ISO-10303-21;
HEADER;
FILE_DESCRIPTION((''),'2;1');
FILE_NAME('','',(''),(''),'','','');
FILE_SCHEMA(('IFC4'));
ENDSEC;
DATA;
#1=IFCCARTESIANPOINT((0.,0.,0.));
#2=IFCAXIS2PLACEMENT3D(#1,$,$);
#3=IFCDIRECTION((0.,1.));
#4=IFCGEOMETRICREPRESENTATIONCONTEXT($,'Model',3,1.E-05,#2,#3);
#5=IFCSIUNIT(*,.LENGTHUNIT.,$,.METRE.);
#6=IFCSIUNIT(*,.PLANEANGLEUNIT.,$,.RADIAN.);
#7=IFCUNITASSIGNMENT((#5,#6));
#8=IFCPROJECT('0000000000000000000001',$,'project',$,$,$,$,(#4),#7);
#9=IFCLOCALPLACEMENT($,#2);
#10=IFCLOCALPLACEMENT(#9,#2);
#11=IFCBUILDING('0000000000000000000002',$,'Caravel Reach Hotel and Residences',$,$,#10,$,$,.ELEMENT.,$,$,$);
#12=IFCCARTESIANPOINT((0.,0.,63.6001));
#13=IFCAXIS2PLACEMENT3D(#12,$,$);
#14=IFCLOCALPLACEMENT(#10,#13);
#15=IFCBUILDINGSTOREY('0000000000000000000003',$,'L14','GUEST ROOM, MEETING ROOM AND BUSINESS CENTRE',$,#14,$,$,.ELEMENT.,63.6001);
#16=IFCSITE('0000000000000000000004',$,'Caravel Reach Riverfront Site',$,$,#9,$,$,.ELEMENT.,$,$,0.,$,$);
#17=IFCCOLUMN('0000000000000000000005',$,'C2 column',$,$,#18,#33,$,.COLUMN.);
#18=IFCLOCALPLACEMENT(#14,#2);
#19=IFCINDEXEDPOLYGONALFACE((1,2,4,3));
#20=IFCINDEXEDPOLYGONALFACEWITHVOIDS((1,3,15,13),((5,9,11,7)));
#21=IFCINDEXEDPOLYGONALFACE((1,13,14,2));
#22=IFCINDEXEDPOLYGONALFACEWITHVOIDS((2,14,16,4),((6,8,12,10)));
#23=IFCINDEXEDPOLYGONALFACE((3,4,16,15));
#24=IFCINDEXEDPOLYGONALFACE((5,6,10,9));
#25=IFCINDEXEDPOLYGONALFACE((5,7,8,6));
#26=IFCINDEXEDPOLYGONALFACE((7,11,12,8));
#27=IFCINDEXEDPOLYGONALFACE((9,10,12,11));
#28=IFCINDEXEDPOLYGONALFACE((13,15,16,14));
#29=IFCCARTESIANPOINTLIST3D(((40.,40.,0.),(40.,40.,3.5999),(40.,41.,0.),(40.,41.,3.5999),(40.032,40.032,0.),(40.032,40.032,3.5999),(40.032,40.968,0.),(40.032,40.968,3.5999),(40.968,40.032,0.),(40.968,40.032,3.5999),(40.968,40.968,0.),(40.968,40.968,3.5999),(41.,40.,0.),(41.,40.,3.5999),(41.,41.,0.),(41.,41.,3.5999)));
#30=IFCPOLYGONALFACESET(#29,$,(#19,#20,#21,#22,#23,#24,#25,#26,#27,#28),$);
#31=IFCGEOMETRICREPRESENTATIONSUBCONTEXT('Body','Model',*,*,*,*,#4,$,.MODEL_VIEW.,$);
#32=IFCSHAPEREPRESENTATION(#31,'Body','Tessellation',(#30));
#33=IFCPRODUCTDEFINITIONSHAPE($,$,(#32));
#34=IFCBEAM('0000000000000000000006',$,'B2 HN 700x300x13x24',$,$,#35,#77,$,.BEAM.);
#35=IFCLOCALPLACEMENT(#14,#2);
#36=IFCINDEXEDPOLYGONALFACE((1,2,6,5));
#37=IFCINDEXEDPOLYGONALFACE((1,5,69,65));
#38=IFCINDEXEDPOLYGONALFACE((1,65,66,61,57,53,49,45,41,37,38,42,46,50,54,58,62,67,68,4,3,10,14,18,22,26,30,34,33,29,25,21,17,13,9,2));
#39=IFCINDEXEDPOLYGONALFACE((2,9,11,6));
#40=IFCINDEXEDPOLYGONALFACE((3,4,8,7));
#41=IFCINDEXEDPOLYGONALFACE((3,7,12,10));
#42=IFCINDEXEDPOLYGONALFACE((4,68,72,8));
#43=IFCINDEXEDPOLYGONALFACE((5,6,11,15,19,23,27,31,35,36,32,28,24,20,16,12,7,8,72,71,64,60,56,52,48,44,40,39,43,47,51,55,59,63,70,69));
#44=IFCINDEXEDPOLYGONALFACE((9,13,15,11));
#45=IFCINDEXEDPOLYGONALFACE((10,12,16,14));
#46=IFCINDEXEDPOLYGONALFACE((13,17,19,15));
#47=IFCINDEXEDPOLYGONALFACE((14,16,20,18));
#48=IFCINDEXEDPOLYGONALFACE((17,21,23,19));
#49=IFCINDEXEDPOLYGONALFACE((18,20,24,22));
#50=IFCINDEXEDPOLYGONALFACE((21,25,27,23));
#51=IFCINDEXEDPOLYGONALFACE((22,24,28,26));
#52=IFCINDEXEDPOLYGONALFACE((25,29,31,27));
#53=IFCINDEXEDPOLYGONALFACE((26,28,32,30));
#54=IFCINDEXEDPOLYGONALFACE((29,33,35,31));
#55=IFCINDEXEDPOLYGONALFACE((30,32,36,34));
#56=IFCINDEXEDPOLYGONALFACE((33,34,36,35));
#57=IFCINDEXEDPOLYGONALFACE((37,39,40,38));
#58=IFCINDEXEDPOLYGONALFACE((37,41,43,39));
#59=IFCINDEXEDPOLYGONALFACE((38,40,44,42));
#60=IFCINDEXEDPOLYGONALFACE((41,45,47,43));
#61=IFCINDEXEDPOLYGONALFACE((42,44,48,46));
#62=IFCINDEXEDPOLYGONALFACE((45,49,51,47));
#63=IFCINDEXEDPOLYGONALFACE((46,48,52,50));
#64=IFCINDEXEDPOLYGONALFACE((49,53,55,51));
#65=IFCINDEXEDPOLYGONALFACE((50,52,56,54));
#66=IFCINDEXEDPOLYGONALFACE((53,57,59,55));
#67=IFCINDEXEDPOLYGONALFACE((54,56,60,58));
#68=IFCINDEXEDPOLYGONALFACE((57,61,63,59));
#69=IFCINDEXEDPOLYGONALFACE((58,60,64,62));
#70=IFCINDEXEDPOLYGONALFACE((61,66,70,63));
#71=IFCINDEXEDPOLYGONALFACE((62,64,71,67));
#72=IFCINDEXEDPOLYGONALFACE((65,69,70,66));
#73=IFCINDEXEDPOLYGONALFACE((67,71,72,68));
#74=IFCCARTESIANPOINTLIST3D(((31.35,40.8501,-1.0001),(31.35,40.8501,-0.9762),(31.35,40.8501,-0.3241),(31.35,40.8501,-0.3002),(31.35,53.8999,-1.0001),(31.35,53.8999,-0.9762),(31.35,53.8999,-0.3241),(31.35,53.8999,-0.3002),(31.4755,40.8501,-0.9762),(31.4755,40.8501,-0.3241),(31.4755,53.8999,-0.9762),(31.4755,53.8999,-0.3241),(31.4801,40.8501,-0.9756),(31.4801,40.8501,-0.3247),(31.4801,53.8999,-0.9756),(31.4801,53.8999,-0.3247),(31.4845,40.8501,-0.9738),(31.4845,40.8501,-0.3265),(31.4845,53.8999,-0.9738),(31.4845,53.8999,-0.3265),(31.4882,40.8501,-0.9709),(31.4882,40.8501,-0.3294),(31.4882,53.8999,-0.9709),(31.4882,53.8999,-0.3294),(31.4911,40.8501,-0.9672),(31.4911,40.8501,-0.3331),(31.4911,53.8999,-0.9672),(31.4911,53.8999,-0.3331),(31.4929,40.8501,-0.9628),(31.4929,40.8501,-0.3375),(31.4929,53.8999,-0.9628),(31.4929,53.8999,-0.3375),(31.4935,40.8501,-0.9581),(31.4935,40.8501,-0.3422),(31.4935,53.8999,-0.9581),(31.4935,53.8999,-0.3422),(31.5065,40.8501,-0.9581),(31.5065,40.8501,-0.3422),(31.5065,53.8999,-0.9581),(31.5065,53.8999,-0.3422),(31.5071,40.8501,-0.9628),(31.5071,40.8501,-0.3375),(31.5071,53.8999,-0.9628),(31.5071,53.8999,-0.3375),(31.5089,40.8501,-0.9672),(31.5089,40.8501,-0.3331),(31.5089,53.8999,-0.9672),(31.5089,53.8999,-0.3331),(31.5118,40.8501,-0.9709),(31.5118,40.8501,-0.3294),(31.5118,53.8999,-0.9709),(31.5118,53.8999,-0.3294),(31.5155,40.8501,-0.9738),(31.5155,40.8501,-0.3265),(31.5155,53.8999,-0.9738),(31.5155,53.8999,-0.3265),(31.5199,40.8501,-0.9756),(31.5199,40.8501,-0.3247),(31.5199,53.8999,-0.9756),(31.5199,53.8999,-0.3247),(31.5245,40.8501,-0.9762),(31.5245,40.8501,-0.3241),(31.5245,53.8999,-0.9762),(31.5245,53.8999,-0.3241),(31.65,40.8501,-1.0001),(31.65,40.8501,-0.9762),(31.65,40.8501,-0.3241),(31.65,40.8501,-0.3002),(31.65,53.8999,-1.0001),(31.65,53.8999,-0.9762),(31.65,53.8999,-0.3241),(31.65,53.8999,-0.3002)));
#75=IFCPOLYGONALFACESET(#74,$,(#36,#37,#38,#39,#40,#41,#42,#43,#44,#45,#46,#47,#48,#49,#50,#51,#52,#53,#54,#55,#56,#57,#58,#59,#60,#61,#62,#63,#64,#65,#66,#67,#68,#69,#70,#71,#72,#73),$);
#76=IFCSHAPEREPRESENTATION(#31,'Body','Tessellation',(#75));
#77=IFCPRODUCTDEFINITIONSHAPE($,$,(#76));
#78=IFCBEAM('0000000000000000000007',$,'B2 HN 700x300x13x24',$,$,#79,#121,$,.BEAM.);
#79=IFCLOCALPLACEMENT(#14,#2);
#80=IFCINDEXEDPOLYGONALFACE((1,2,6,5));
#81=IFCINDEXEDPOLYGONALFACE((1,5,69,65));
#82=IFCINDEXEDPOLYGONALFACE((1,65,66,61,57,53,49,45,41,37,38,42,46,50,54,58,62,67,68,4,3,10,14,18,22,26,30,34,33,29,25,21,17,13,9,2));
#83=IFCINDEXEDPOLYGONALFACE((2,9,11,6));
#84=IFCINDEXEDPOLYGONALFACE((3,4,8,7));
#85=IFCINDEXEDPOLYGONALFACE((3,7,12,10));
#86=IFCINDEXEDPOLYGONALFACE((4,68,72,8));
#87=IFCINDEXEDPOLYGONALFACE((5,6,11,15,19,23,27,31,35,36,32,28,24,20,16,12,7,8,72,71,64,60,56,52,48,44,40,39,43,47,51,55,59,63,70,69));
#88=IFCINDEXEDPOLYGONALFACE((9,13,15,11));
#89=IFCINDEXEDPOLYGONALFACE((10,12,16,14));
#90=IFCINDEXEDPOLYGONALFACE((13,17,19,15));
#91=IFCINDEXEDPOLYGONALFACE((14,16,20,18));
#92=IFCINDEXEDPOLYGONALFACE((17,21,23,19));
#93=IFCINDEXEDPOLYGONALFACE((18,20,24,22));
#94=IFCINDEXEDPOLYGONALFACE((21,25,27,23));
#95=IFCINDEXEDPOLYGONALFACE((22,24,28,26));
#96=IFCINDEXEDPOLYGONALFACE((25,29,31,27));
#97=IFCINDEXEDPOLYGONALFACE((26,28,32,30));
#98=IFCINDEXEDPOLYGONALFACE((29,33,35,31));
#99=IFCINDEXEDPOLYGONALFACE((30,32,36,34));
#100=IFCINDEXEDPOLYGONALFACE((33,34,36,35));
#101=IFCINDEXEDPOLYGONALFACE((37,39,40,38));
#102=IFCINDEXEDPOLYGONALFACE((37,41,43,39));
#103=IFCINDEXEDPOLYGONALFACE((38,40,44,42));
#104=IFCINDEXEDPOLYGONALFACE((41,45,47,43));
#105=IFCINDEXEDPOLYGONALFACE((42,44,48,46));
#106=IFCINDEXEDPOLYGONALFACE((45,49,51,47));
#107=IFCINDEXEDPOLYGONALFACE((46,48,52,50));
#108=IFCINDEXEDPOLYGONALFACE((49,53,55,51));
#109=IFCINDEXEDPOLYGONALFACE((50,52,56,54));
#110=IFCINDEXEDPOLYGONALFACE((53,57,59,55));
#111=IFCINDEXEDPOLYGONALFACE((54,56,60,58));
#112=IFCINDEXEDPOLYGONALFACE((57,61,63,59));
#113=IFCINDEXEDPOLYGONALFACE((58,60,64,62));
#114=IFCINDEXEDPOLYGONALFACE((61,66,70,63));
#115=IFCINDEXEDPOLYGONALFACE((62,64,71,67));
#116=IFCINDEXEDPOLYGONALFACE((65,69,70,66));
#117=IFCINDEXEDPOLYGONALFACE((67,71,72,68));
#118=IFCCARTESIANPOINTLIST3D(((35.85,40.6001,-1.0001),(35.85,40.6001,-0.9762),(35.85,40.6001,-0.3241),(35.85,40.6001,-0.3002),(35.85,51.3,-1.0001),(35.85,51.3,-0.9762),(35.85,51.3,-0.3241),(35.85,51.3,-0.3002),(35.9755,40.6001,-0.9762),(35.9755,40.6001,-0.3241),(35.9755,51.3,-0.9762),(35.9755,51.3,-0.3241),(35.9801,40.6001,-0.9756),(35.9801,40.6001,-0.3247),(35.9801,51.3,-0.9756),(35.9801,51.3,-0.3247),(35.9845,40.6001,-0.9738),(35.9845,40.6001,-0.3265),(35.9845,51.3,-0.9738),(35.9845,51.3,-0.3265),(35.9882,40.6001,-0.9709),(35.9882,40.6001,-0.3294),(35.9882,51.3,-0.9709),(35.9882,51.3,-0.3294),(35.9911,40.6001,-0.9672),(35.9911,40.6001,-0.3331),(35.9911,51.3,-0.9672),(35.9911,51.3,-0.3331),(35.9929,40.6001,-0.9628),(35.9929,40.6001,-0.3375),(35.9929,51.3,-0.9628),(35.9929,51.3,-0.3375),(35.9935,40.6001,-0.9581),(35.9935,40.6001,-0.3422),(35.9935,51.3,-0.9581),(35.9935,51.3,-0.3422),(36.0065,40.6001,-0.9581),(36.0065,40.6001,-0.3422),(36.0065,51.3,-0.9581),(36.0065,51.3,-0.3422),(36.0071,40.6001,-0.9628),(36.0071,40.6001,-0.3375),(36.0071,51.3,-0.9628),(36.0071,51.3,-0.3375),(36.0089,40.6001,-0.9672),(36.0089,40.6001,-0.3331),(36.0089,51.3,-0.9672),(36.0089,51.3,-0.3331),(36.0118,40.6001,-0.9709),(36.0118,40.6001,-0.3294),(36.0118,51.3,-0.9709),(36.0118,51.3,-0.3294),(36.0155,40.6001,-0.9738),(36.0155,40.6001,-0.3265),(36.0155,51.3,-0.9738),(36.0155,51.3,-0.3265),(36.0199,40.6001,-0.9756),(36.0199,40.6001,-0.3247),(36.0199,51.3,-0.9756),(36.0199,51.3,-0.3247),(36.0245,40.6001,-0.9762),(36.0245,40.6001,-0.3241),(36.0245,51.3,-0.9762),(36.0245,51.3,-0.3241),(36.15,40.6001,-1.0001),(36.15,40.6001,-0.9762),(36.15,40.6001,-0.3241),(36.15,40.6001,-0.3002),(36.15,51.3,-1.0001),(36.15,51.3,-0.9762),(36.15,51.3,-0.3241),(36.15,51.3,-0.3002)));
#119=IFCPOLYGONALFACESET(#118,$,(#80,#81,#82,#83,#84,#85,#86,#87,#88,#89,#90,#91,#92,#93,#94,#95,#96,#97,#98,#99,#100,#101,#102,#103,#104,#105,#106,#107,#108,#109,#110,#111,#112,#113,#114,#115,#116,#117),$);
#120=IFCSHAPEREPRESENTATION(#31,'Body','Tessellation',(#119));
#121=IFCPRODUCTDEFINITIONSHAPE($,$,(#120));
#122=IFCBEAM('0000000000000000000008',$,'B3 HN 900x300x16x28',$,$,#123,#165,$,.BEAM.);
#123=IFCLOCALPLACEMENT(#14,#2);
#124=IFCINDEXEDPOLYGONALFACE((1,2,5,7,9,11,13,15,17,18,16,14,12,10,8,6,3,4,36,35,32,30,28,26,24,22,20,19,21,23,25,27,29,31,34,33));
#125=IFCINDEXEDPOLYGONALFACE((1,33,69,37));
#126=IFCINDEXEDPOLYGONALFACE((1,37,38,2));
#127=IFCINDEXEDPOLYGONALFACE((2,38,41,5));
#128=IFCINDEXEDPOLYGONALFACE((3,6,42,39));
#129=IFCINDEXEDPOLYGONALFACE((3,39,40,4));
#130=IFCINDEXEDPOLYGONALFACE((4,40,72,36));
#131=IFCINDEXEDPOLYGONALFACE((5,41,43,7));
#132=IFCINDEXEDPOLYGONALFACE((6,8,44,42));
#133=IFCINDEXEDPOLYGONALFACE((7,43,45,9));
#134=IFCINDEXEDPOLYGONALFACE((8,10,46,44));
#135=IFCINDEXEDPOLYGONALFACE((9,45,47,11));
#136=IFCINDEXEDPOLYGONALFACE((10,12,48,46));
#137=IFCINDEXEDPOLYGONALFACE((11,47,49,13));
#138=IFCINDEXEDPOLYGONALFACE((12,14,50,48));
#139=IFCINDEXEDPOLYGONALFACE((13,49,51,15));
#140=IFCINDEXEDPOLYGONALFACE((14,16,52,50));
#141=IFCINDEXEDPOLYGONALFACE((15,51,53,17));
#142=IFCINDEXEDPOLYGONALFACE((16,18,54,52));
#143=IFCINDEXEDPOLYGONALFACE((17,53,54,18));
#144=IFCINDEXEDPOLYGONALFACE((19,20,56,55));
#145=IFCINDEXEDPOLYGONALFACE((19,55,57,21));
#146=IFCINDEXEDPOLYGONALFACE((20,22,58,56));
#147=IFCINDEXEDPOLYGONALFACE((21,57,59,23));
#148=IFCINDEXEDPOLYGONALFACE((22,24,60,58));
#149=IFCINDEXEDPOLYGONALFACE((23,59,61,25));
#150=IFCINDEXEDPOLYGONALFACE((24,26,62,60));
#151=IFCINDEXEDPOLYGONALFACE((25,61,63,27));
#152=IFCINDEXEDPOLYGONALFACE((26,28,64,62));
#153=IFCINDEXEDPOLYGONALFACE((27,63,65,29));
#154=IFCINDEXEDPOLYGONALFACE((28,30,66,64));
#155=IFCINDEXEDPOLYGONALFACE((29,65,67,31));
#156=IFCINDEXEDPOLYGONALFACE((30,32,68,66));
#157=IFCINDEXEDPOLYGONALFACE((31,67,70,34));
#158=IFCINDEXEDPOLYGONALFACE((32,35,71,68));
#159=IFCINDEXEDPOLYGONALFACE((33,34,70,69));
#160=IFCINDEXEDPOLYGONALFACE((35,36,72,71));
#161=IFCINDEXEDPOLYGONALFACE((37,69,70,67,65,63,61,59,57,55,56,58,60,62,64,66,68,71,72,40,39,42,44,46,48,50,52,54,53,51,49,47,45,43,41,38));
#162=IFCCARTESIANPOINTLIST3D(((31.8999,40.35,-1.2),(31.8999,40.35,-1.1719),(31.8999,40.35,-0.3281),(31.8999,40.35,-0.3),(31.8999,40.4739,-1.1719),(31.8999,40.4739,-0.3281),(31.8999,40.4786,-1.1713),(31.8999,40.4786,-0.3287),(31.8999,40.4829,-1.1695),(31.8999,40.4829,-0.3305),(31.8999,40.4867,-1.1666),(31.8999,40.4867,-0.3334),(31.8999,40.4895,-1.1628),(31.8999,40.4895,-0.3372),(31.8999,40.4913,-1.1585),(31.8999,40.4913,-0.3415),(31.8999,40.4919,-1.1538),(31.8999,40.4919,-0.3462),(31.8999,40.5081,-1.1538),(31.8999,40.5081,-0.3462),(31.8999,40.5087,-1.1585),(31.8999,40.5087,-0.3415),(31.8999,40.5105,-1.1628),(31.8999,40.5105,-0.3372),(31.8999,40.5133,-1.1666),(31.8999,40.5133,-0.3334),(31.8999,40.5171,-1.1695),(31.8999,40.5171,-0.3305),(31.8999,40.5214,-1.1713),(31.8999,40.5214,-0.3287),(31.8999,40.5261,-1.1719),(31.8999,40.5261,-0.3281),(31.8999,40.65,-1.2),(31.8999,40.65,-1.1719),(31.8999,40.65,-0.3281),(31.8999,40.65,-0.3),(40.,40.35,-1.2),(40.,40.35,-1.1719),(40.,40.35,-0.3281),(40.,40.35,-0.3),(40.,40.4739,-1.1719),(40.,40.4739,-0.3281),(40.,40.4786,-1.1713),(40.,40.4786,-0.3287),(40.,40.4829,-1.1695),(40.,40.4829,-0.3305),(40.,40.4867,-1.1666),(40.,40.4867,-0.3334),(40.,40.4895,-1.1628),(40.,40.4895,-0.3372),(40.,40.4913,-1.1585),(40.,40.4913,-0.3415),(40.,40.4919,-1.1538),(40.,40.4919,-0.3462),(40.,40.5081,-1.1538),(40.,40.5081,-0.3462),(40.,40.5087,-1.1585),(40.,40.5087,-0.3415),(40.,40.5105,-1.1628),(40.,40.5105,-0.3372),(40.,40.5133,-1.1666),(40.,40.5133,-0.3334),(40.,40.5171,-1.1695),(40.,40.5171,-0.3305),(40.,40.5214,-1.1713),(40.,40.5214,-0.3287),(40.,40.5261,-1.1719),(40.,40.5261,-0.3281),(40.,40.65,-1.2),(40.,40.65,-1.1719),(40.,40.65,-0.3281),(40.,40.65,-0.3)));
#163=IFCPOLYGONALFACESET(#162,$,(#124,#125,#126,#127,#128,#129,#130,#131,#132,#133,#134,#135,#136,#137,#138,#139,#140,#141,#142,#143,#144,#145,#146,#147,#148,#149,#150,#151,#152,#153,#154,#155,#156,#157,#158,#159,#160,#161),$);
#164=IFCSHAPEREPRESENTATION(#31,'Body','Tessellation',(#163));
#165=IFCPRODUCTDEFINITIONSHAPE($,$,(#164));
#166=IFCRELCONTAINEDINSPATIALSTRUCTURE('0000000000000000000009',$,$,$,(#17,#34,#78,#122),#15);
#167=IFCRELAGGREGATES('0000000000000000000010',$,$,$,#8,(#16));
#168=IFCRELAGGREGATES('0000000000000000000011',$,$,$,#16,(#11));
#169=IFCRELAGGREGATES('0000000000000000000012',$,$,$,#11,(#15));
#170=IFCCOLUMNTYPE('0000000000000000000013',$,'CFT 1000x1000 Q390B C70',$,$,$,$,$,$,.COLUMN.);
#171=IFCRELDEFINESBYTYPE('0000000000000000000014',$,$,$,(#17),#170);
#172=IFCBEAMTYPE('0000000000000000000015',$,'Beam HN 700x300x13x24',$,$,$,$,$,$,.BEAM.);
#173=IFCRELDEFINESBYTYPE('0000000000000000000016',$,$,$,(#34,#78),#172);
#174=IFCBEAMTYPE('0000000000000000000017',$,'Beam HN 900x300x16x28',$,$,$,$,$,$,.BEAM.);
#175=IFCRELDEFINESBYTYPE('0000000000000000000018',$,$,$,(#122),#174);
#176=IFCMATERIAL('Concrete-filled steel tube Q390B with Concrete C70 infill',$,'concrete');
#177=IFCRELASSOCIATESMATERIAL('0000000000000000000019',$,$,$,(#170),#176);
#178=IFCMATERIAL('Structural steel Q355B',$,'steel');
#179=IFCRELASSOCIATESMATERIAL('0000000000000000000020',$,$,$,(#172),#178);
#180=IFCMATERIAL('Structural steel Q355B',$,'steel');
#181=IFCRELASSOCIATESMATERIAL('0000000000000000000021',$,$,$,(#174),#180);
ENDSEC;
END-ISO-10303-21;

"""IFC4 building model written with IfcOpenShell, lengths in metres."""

from ifc_helpers import new_model, si_unit, direction, frame, origin, origin_2d, place, context, subcontext, project, spatial, hollow_rectangle, i_section, extrude, material, material_profile, profile_set, type_object, element, save


model = new_model("IFC4")

# Units and contexts
model_context = context("Model", 3, precision=1e-05, world=origin(), true_north=direction((0.0, 1.0)))
body_context = subcontext(model_context, "Body", "Model", "MODEL_VIEW")
ifc_project = project(units=[si_unit("LENGTHUNIT", "METRE"), si_unit("PLANEANGLEUNIT", "RADIAN")], contexts=[model_context])

# Site, building, storey
site_placement = place(None, origin())
site = spatial("IfcSite", under=ifc_project, at=site_placement, Name="Caravel Reach Riverfront Site", CompositionType="ELEMENT", RefElevation=0.0)
building_placement = place(site_placement, origin())
building = spatial("IfcBuilding", under=site, at=building_placement, Name="Caravel Reach Hotel and Residences", CompositionType="ELEMENT")
storey_placement = place(building_placement, frame((0.0, 0.0, 63.6001)))
storey = spatial("IfcBuildingStorey", under=building, at=storey_placement, Name="L14", Description="GUEST ROOM, MEETING ROOM AND BUSINESS CENTRE", CompositionType="ELEMENT", Elevation=63.6001)

# Column
ifc_material_1 = material(Name="Concrete-filled steel tube Q390B with Concrete C70 infill", Category="concrete")
ifc_material_profile_1 = material_profile(ifc_material_1, hollow_rectangle(XDim=1.0, YDim=1.0, WallThickness=0.032, at=origin_2d()), Name="RHS 1000x1000x32")
ifc_profile_set_1 = profile_set([ifc_material_profile_1], Name="Concrete-filled steel tube Q390B with Concrete C70 infill")
column_type = type_object("IfcColumnType", Name="CFT 1000x1000 Q390B C70", PredefinedType="COLUMN", material=ifc_profile_set_1)
column_placement = place(storey_placement, frame((40.5, 40.5, 0.0), z_axis=(0.0, 0.0, 1.0), x_axis=(1.0, 0.0, 0.0)))
element("IfcColumn", 1, at=column_placement, inside=storey, type_object=column_type, Name="C2 column", PredefinedType="COLUMN", context=body_context, shape_type="SweptSolid", body=[
    extrude(hollow_rectangle(XDim=1.0, YDim=1.0, WallThickness=0.032, at=origin_2d()), origin(), (0.0, 0.0, 1.0), 3.5999),
])

# Beams
ifc_material_2 = material(Name="Structural steel Q355B", Category="steel")
ifc_material_profile_2 = material_profile(ifc_material_2, i_section(OverallWidth=0.3, OverallDepth=0.7, WebThickness=0.0129, FlangeThickness=0.0239, FilletRadius=0.0181, at=origin_2d()), Name="HN 700x300x13x24")
ifc_profile_set_2 = profile_set([ifc_material_profile_2], Name="Structural steel Q355B")
beam_type_1 = type_object("IfcBeamType", Name="Beam HN 700x300x13x24", PredefinedType="BEAM", material=ifc_profile_set_2)
beam_1_placement = place(storey_placement, frame((31.5, 40.8501, -0.6501), z_axis=(0.0, 1.0, 0.0), x_axis=(-1.0, 0.0, 0.0)))
element("IfcBeam", 2, at=beam_1_placement, inside=storey, type_object=beam_type_1, Name="B2 HN 700x300x13x24", PredefinedType="BEAM", context=body_context, shape_type="SweptSolid", body=[
    extrude(i_section(OverallWidth=0.3, OverallDepth=0.7, WebThickness=0.0129, FlangeThickness=0.0239, FilletRadius=0.0181, at=origin_2d()), origin(), (0.0, 0.0, 1.0), 13.0498),
])
beam_2_placement = place(storey_placement, frame((36.0, 40.6001, -0.6501), z_axis=(0.0, 1.0, 0.0), x_axis=(-1.0, 0.0, 0.0)))
element("IfcBeam", 3, at=beam_2_placement, inside=storey, type_object=beam_type_1, Name="B2 HN 700x300x13x24", PredefinedType="BEAM", context=body_context, shape_type="SweptSolid", body=[
    extrude(i_section(OverallWidth=0.3, OverallDepth=0.7, WebThickness=0.0129, FlangeThickness=0.0239, FilletRadius=0.0181, at=origin_2d()), origin(), (0.0, 0.0, 1.0), 10.7),
])
ifc_material_3 = material(Name="Structural steel Q355B", Category="steel")
ifc_material_profile_3 = material_profile(ifc_material_3, i_section(OverallWidth=0.3, OverallDepth=0.8999, WebThickness=0.0161, FlangeThickness=0.0281, FilletRadius=0.0181, at=origin_2d()), Name="HN 900x300x16x28")
ifc_profile_set_3 = profile_set([ifc_material_profile_3], Name="Structural steel Q355B")
beam_type_2 = type_object("IfcBeamType", Name="Beam HN 900x300x16x28", PredefinedType="BEAM", material=ifc_profile_set_3)
beam_3_placement = place(storey_placement, frame((31.8999, 40.5, -0.75), z_axis=(1.0, 0.0, 0.0), x_axis=(0.0, 1.0, 0.0)))
element("IfcBeam", 4, at=beam_3_placement, inside=storey, type_object=beam_type_2, Name="B3 HN 900x300x16x28", PredefinedType="BEAM", context=body_context, shape_type="SweptSolid", body=[
    extrude(i_section(OverallWidth=0.3, OverallDepth=0.8999, WebThickness=0.0161, FlangeThickness=0.0281, FilletRadius=0.0181, at=origin_2d()), origin(), (0.0, 0.0, 1.0), 8.1001),
])

save(model, "model.ifc")
